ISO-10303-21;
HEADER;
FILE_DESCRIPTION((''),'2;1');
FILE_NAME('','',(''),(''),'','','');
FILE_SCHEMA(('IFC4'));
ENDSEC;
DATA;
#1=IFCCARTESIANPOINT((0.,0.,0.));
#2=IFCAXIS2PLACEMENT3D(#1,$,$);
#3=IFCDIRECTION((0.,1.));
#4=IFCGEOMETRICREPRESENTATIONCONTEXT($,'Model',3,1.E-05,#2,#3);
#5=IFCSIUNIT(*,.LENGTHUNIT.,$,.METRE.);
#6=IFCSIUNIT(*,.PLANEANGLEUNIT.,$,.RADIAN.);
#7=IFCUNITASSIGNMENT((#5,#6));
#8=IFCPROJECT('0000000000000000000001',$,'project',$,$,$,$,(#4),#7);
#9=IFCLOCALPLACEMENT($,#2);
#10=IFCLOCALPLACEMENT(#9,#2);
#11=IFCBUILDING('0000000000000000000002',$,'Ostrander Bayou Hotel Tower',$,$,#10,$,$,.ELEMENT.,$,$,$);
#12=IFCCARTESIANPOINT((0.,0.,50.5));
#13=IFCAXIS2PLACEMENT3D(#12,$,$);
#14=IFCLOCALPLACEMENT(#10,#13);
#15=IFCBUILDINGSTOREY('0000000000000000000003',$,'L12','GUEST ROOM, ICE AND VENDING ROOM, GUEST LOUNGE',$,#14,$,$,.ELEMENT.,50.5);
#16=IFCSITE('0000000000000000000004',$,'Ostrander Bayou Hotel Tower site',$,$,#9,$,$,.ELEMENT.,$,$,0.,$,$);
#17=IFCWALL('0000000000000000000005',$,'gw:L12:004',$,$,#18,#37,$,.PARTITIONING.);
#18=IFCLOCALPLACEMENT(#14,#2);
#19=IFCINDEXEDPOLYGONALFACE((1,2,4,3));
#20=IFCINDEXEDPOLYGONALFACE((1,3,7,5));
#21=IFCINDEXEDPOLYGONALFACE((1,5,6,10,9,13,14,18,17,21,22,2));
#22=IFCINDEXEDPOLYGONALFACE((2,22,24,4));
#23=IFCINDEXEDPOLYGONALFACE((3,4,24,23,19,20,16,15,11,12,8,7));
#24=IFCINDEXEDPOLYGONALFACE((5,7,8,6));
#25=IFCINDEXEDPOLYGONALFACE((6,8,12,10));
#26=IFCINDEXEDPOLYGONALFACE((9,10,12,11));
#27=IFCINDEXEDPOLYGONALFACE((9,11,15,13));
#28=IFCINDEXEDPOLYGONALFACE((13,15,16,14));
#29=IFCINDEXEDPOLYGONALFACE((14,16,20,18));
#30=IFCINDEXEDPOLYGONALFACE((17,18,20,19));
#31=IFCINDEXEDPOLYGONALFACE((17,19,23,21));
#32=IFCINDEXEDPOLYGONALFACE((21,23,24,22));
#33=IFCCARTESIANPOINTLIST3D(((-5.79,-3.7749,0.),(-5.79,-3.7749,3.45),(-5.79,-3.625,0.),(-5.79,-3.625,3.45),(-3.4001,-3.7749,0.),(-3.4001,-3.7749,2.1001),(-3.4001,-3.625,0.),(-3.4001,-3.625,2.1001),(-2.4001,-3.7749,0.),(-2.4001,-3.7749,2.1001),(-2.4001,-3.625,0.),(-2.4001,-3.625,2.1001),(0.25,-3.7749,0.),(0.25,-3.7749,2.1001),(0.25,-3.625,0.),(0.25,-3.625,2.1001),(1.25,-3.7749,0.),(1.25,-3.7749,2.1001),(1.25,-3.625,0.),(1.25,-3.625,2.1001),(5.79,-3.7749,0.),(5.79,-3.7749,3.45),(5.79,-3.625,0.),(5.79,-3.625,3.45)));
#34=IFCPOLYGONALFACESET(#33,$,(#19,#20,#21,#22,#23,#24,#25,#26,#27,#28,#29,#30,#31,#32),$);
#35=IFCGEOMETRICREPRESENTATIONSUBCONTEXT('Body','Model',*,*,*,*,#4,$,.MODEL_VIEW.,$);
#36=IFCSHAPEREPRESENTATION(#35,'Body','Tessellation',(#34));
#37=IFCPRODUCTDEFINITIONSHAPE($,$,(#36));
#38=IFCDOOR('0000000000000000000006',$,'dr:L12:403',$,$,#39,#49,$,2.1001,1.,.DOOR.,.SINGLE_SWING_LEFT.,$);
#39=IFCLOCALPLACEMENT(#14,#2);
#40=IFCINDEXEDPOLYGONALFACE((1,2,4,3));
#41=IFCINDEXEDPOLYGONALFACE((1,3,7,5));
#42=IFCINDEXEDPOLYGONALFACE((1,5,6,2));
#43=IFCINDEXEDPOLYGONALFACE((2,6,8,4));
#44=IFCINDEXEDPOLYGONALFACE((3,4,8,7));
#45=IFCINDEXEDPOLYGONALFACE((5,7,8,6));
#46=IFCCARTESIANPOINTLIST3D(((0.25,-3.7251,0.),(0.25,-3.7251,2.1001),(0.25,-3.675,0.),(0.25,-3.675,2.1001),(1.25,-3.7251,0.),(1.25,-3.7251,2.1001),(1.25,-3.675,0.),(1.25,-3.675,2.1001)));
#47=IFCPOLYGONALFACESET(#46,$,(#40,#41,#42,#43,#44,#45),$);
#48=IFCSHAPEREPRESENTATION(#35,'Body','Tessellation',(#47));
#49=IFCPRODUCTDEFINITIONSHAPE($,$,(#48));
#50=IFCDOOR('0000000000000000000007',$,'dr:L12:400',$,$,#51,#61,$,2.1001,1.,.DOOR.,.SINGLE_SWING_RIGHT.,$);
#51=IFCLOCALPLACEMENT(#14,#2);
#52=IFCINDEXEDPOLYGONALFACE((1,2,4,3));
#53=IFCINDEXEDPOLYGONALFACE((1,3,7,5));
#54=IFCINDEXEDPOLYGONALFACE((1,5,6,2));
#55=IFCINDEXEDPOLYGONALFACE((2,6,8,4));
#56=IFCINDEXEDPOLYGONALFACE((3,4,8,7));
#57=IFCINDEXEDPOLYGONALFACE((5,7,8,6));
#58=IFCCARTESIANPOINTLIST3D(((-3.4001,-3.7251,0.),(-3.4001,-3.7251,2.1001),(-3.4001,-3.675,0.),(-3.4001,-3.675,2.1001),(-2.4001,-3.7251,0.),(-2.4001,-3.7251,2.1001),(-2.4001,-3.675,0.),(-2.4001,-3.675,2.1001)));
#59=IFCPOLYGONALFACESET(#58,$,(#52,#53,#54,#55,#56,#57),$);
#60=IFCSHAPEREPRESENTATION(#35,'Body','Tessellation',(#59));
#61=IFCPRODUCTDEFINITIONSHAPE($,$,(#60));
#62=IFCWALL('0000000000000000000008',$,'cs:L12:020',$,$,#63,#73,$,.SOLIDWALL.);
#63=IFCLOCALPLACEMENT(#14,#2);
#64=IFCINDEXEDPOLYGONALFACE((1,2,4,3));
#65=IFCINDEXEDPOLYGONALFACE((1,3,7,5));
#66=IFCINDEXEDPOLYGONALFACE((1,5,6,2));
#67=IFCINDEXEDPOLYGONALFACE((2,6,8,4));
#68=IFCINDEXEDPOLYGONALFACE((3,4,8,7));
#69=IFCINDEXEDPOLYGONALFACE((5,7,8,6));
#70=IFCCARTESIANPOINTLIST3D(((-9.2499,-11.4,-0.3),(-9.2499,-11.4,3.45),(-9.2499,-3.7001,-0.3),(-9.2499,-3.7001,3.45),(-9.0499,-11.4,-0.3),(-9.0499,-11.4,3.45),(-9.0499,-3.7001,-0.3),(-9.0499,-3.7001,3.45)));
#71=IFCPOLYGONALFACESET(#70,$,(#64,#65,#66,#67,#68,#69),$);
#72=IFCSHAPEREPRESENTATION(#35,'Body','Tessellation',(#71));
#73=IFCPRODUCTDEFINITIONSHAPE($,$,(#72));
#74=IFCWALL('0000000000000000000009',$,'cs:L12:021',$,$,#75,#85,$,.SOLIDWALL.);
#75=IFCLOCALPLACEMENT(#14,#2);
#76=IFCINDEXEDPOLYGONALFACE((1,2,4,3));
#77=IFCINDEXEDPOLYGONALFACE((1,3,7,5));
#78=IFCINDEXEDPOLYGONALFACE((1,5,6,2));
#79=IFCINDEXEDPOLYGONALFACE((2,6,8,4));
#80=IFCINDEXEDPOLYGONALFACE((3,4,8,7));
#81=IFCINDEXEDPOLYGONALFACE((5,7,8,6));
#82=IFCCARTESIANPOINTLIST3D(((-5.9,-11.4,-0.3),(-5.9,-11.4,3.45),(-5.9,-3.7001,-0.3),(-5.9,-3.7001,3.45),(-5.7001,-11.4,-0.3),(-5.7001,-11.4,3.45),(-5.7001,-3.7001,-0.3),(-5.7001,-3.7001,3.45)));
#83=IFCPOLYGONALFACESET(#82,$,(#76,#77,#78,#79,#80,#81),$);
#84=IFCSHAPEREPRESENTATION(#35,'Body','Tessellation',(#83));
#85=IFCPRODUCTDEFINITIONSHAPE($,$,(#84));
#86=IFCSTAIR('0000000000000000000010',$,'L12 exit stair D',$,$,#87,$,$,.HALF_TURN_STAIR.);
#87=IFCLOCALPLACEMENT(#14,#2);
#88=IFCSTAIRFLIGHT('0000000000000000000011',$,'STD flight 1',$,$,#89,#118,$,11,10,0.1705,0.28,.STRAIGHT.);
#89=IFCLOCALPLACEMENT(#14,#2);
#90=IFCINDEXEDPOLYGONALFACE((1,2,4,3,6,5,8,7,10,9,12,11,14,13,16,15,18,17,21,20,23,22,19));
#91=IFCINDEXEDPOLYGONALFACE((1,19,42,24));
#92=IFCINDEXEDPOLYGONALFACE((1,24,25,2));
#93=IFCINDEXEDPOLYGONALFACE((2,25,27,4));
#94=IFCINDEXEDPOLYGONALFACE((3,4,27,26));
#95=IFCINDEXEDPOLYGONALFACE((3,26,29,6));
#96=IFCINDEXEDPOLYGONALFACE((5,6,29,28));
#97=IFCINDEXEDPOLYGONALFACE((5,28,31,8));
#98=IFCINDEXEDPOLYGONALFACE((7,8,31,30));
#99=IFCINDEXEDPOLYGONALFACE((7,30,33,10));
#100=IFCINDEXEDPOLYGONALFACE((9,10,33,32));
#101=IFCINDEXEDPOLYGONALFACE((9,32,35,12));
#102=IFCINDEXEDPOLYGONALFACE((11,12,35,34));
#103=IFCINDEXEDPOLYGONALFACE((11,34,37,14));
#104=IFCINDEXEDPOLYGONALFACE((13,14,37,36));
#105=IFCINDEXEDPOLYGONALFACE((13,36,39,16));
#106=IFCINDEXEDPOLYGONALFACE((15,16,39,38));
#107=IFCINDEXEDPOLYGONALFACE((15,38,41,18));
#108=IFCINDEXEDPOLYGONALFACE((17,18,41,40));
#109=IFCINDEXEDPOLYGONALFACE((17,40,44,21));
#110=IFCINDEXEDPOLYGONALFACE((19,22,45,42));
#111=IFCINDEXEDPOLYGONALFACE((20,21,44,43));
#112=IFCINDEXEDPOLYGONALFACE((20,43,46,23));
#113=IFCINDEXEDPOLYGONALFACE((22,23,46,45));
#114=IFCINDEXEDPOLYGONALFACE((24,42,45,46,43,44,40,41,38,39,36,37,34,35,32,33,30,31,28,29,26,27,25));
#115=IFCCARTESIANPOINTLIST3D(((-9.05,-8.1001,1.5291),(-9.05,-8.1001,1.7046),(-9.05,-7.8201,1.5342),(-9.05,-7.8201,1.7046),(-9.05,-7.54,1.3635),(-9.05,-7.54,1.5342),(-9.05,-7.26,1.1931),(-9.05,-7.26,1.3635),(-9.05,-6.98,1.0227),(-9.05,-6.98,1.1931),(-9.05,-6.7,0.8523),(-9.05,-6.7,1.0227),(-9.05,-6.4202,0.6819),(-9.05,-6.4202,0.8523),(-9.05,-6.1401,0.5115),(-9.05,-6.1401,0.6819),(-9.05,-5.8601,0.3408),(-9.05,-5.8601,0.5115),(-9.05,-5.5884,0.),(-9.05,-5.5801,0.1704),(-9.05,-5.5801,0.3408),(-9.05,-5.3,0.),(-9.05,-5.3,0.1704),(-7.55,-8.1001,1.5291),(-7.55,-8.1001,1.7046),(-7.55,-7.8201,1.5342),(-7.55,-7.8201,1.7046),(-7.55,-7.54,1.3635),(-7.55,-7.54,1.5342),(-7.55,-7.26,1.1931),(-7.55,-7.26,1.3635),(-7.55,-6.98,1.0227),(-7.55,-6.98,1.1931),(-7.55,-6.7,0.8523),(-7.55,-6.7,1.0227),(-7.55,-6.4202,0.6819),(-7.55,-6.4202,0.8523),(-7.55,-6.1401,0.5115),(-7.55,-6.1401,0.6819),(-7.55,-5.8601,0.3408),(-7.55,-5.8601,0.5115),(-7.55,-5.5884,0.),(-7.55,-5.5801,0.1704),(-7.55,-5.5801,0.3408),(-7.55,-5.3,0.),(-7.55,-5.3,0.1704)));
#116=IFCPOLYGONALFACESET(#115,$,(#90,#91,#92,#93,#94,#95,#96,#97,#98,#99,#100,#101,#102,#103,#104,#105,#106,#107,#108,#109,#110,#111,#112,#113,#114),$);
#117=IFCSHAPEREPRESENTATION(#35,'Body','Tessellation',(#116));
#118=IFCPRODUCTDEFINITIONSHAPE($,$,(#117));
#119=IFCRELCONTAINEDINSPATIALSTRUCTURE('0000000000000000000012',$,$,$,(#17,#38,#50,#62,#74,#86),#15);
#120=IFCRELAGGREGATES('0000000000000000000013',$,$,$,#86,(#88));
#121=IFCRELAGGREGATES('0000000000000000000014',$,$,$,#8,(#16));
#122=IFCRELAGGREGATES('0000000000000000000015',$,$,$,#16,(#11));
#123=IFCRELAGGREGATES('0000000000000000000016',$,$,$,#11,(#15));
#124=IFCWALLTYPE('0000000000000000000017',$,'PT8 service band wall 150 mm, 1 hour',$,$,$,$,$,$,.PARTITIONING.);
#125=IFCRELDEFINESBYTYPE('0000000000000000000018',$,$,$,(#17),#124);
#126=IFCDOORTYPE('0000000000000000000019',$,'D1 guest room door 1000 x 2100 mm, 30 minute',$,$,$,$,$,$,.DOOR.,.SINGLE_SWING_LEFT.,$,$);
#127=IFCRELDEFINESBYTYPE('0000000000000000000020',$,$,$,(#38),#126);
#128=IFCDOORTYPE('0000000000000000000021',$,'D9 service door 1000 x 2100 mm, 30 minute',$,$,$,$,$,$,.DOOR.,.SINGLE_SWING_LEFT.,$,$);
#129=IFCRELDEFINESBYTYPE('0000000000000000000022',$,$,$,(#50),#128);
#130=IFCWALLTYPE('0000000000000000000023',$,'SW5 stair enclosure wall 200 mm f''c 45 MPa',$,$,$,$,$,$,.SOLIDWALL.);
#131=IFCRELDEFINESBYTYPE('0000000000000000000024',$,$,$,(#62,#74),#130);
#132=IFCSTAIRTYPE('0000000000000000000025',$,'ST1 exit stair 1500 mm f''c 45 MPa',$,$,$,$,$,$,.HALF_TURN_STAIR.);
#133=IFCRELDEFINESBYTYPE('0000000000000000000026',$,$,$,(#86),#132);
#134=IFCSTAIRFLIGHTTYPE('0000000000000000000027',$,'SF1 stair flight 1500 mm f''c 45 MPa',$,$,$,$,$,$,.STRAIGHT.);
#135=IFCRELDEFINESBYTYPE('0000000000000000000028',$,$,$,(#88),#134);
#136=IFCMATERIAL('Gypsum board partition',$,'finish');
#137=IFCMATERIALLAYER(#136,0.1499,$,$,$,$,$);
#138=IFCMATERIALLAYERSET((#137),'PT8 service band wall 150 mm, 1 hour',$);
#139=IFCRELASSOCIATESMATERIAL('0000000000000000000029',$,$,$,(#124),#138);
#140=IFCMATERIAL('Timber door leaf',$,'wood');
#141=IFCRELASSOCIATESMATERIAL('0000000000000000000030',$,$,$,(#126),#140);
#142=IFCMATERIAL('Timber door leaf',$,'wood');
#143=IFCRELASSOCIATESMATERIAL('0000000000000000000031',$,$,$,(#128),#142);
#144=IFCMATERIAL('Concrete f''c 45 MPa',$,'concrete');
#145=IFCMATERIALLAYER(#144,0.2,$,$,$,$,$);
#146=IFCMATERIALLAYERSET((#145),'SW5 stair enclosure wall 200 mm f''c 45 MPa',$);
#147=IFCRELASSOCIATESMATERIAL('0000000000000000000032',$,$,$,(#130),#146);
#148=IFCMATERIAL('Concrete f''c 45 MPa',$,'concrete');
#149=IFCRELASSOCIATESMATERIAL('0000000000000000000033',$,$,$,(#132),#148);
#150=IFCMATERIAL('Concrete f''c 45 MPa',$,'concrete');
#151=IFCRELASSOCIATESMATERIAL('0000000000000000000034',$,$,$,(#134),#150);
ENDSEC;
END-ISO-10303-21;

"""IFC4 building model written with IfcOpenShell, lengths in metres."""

from ifc_helpers import new_model, si_unit, direction, frame, frame_2d, origin, place, context, subcontext, project, spatial, polyline, rectangle, outline, extrude, material, layer, layer_set, type_object, element, fill, aggregate, save


model = new_model("IFC4")

# Units and contexts
model_context = context("Model", 3, precision=1e-05, world=origin(), true_north=direction((0.0, 1.0)))
body_context = subcontext(model_context, "Body", "Model", "MODEL_VIEW")
ifc_project = project(units=[si_unit("LENGTHUNIT", "METRE"), si_unit("PLANEANGLEUNIT", "RADIAN")], contexts=[model_context])

# Site, building, storey
site_placement = place(None, origin())
site = spatial("IfcSite", under=ifc_project, at=site_placement, Name="Ostrander Bayou Hotel Tower site", CompositionType="ELEMENT", RefElevation=0.0)
building_placement = place(site_placement, origin())
building = spatial("IfcBuilding", under=site, at=building_placement, Name="Ostrander Bayou Hotel Tower", CompositionType="ELEMENT")
storey_placement = place(building_placement, frame((0.0, 0.0, 50.5)))
storey = spatial("IfcBuildingStorey", under=building, at=storey_placement, Name="L12", Description="GUEST ROOM, ICE AND VENDING ROOM, GUEST LOUNGE", CompositionType="ELEMENT", Elevation=50.5)

# Wall, openings, doors
ifc_material_1 = material(Name="Gypsum board partition", Category="finish")
ifc_layer_1 = layer(ifc_material_1, 0.1499)
ifc_layer_set_1 = layer_set([ifc_layer_1], Name="PT8 service band wall 150 mm, 1 hour")
wall_type_1 = type_object("IfcWallType", Name="PT8 service band wall 150 mm, 1 hour", PredefinedType="PARTITIONING", material=ifc_layer_set_1)
wall_1_placement = place(storey_placement, frame((-5.79, -3.7, 0.0), z_axis=(0.0, 0.0, 1.0), x_axis=(1.0, 0.0, 0.0)))
wall_1 = element("IfcWall", 1, at=wall_1_placement, inside=storey, type_object=wall_type_1, Name="gw:L12:004", PredefinedType="PARTITIONING", context=body_context, shape_type="SweptSolid", body=[
    extrude(rectangle(XDim=11.5801, YDim=0.1499, at=frame_2d((5.79, 0.0))), origin(), (0.0, 0.0, 1.0), 3.45),
])
opening_1_placement = place(wall_1_placement, frame((2.3899, 0.0, 0.0)))
opening_1 = element("IfcOpeningElement", 2, at=opening_1_placement, cuts=wall_1, PredefinedType="OPENING", context=body_context, shape_type="SweptSolid", body=[
    extrude(rectangle(XDim=1.0, YDim=2.1001, at=frame_2d((0.5, 1.05))), frame((0.0, 0.075, 0.0), z_axis=(0.0, -1.0, 0.0), x_axis=(1.0, 0.0, 0.0)), (0.0, 0.0, 1.0), 0.1499),
])
opening_2_placement = place(wall_1_placement, frame((6.04, 0.0, 0.0)))
opening_2 = element("IfcOpeningElement", 3, at=opening_2_placement, cuts=wall_1, PredefinedType="OPENING", context=body_context, shape_type="SweptSolid", body=[
    extrude(rectangle(XDim=1.0, YDim=2.1001, at=frame_2d((0.5, 1.05))), frame((0.0, 0.075, 0.0), z_axis=(0.0, -1.0, 0.0), x_axis=(1.0, 0.0, 0.0)), (0.0, 0.0, 1.0), 0.1499),
])
ifc_material_2 = material(Name="Timber door leaf", Category="wood")
door_type_1 = type_object("IfcDoorType", Name="D1 guest room door 1000 x 2100 mm, 30 minute", OperationType="SINGLE_SWING_LEFT", PredefinedType="DOOR", material=ifc_material_2)
door_1_placement = place(opening_2_placement, origin())
door_1 = element("IfcDoor", 4, at=door_1_placement, inside=storey, type_object=door_type_1, Name="dr:L12:403", OperationType="SINGLE_SWING_LEFT", OverallHeight=2.1001, OverallWidth=1.0, PredefinedType="DOOR", context=body_context, shape_type="SweptSolid", body=[
    extrude(rectangle(XDim=1.0, YDim=2.1001, at=frame_2d((0.5, 1.05))), frame((0.0, 0.0249, 0.0), z_axis=(0.0, -1.0, 0.0), x_axis=(1.0, 0.0, 0.0)), (0.0, 0.0, 1.0), 0.05),
])
fill(opening_2, door_1)
ifc_material_3 = material(Name="Timber door leaf", Category="wood")
door_type_2 = type_object("IfcDoorType", Name="D9 service door 1000 x 2100 mm, 30 minute", OperationType="SINGLE_SWING_LEFT", PredefinedType="DOOR", material=ifc_material_3)
door_2_placement = place(opening_1_placement, origin())
door_2 = element("IfcDoor", 5, at=door_2_placement, inside=storey, type_object=door_type_2, Name="dr:L12:400", OperationType="SINGLE_SWING_RIGHT", OverallHeight=2.1001, OverallWidth=1.0, PredefinedType="DOOR", context=body_context, shape_type="SweptSolid", body=[
    extrude(rectangle(XDim=1.0, YDim=2.1001, at=frame_2d((0.5, 1.05))), frame((0.0, 0.0249, 0.0), z_axis=(0.0, -1.0, 0.0), x_axis=(1.0, 0.0, 0.0)), (0.0, 0.0, 1.0), 0.05),
])
fill(opening_1, door_2)

# Shared definitions
ifc_material_4 = material(Name="Concrete f'c 45 MPa", Category="concrete")
ifc_layer_2 = layer(ifc_material_4, 0.2)
ifc_layer_set_2 = layer_set([ifc_layer_2], Name="SW5 stair enclosure wall 200 mm f'c 45 MPa")
wall_type_2 = type_object("IfcWallType", Name="SW5 stair enclosure wall 200 mm f'c 45 MPa", PredefinedType="SOLIDWALL", material=ifc_layer_set_2)

# Walls
for number, where, z_axis, x_axis, name in (
    (6, (-9.1499, -3.7, -0.3), (0.0, 0.0, 1.0), (0.0, -1.0, 0.0), "cs:L12:020"),
    (7, (-5.8, -3.7, -0.3), (0.0, 0.0, 1.0), (0.0, -1.0, 0.0), "cs:L12:021"),
):
    element("IfcWall", number, at=place(storey_placement, frame(where, z_axis=z_axis, x_axis=x_axis)), inside=storey, type_object=wall_type_2, Name=name, PredefinedType="SOLIDWALL", context=body_context, shape_type="SweptSolid", body=[
        extrude(rectangle(XDim=7.7, YDim=0.2, at=frame_2d((3.8501, 0.0))), origin(), (0.0, 0.0, 1.0), 3.75),
    ])

# Stair, stair flight
ifc_material_5 = material(Name="Concrete f'c 45 MPa", Category="concrete")
stair_type = type_object("IfcStairType", Name="ST1 exit stair 1500 mm f'c 45 MPa", PredefinedType="HALF_TURN_STAIR", material=ifc_material_5)
stair_placement = place(storey_placement, origin())
stair = element("IfcStair", 8, at=stair_placement, inside=storey, type_object=stair_type, Name="L12 exit stair D", PredefinedType="HALF_TURN_STAIR")
ifc_material_6 = material(Name="Concrete f'c 45 MPa", Category="concrete")
stair_flight_type = type_object("IfcStairFlightType", Name="SF1 stair flight 1500 mm f'c 45 MPa", PredefinedType="STRAIGHT", material=ifc_material_6)
stair_flight_placement = place(storey_placement, frame((-8.3, -5.3, 0.0), z_axis=(0.0, 0.0, 1.0), x_axis=(0.0, -1.0, 0.0)))
stair_flight = element("IfcStairFlight", 9, at=stair_flight_placement, type_object=stair_flight_type, Name="STD flight 1", NumberOfRisers=11, NumberOfTreads=10, PredefinedType="STRAIGHT", RiserHeight=0.1705, TreadLength=0.28, context=body_context, shape_type="SweptSolid", body=[
    extrude(outline(polyline([(0.0, 0.0), (0.0, 0.1704), (0.28, 0.1704), (0.28, 0.3408), (0.5601, 0.3408), (0.5601, 0.5115), (0.8401, 0.5115), (0.8401, 0.6819), (1.1201, 0.6819), (1.1201, 0.8523), (1.3999, 0.8523), (1.3999, 1.0227), (1.6799, 1.0227), (1.6799, 1.1931), (1.96, 1.1931), (1.96, 1.3635), (2.24, 1.3635), (2.24, 1.5342), (2.52, 1.5342), (2.52, 1.7046), (2.8, 1.7046), (2.8, 1.875), (2.8, 1.5291), (0.2883, 0.0), (0.0, 0.0)])), frame((0.0, 0.75, 0.0), z_axis=(0.0, -1.0, 0.0), x_axis=(1.0, 0.0, 0.0)), (0.0, 0.0, 1.0), 1.5),
])
aggregate(stair, [stair_flight])

save(model, "model.ifc")
